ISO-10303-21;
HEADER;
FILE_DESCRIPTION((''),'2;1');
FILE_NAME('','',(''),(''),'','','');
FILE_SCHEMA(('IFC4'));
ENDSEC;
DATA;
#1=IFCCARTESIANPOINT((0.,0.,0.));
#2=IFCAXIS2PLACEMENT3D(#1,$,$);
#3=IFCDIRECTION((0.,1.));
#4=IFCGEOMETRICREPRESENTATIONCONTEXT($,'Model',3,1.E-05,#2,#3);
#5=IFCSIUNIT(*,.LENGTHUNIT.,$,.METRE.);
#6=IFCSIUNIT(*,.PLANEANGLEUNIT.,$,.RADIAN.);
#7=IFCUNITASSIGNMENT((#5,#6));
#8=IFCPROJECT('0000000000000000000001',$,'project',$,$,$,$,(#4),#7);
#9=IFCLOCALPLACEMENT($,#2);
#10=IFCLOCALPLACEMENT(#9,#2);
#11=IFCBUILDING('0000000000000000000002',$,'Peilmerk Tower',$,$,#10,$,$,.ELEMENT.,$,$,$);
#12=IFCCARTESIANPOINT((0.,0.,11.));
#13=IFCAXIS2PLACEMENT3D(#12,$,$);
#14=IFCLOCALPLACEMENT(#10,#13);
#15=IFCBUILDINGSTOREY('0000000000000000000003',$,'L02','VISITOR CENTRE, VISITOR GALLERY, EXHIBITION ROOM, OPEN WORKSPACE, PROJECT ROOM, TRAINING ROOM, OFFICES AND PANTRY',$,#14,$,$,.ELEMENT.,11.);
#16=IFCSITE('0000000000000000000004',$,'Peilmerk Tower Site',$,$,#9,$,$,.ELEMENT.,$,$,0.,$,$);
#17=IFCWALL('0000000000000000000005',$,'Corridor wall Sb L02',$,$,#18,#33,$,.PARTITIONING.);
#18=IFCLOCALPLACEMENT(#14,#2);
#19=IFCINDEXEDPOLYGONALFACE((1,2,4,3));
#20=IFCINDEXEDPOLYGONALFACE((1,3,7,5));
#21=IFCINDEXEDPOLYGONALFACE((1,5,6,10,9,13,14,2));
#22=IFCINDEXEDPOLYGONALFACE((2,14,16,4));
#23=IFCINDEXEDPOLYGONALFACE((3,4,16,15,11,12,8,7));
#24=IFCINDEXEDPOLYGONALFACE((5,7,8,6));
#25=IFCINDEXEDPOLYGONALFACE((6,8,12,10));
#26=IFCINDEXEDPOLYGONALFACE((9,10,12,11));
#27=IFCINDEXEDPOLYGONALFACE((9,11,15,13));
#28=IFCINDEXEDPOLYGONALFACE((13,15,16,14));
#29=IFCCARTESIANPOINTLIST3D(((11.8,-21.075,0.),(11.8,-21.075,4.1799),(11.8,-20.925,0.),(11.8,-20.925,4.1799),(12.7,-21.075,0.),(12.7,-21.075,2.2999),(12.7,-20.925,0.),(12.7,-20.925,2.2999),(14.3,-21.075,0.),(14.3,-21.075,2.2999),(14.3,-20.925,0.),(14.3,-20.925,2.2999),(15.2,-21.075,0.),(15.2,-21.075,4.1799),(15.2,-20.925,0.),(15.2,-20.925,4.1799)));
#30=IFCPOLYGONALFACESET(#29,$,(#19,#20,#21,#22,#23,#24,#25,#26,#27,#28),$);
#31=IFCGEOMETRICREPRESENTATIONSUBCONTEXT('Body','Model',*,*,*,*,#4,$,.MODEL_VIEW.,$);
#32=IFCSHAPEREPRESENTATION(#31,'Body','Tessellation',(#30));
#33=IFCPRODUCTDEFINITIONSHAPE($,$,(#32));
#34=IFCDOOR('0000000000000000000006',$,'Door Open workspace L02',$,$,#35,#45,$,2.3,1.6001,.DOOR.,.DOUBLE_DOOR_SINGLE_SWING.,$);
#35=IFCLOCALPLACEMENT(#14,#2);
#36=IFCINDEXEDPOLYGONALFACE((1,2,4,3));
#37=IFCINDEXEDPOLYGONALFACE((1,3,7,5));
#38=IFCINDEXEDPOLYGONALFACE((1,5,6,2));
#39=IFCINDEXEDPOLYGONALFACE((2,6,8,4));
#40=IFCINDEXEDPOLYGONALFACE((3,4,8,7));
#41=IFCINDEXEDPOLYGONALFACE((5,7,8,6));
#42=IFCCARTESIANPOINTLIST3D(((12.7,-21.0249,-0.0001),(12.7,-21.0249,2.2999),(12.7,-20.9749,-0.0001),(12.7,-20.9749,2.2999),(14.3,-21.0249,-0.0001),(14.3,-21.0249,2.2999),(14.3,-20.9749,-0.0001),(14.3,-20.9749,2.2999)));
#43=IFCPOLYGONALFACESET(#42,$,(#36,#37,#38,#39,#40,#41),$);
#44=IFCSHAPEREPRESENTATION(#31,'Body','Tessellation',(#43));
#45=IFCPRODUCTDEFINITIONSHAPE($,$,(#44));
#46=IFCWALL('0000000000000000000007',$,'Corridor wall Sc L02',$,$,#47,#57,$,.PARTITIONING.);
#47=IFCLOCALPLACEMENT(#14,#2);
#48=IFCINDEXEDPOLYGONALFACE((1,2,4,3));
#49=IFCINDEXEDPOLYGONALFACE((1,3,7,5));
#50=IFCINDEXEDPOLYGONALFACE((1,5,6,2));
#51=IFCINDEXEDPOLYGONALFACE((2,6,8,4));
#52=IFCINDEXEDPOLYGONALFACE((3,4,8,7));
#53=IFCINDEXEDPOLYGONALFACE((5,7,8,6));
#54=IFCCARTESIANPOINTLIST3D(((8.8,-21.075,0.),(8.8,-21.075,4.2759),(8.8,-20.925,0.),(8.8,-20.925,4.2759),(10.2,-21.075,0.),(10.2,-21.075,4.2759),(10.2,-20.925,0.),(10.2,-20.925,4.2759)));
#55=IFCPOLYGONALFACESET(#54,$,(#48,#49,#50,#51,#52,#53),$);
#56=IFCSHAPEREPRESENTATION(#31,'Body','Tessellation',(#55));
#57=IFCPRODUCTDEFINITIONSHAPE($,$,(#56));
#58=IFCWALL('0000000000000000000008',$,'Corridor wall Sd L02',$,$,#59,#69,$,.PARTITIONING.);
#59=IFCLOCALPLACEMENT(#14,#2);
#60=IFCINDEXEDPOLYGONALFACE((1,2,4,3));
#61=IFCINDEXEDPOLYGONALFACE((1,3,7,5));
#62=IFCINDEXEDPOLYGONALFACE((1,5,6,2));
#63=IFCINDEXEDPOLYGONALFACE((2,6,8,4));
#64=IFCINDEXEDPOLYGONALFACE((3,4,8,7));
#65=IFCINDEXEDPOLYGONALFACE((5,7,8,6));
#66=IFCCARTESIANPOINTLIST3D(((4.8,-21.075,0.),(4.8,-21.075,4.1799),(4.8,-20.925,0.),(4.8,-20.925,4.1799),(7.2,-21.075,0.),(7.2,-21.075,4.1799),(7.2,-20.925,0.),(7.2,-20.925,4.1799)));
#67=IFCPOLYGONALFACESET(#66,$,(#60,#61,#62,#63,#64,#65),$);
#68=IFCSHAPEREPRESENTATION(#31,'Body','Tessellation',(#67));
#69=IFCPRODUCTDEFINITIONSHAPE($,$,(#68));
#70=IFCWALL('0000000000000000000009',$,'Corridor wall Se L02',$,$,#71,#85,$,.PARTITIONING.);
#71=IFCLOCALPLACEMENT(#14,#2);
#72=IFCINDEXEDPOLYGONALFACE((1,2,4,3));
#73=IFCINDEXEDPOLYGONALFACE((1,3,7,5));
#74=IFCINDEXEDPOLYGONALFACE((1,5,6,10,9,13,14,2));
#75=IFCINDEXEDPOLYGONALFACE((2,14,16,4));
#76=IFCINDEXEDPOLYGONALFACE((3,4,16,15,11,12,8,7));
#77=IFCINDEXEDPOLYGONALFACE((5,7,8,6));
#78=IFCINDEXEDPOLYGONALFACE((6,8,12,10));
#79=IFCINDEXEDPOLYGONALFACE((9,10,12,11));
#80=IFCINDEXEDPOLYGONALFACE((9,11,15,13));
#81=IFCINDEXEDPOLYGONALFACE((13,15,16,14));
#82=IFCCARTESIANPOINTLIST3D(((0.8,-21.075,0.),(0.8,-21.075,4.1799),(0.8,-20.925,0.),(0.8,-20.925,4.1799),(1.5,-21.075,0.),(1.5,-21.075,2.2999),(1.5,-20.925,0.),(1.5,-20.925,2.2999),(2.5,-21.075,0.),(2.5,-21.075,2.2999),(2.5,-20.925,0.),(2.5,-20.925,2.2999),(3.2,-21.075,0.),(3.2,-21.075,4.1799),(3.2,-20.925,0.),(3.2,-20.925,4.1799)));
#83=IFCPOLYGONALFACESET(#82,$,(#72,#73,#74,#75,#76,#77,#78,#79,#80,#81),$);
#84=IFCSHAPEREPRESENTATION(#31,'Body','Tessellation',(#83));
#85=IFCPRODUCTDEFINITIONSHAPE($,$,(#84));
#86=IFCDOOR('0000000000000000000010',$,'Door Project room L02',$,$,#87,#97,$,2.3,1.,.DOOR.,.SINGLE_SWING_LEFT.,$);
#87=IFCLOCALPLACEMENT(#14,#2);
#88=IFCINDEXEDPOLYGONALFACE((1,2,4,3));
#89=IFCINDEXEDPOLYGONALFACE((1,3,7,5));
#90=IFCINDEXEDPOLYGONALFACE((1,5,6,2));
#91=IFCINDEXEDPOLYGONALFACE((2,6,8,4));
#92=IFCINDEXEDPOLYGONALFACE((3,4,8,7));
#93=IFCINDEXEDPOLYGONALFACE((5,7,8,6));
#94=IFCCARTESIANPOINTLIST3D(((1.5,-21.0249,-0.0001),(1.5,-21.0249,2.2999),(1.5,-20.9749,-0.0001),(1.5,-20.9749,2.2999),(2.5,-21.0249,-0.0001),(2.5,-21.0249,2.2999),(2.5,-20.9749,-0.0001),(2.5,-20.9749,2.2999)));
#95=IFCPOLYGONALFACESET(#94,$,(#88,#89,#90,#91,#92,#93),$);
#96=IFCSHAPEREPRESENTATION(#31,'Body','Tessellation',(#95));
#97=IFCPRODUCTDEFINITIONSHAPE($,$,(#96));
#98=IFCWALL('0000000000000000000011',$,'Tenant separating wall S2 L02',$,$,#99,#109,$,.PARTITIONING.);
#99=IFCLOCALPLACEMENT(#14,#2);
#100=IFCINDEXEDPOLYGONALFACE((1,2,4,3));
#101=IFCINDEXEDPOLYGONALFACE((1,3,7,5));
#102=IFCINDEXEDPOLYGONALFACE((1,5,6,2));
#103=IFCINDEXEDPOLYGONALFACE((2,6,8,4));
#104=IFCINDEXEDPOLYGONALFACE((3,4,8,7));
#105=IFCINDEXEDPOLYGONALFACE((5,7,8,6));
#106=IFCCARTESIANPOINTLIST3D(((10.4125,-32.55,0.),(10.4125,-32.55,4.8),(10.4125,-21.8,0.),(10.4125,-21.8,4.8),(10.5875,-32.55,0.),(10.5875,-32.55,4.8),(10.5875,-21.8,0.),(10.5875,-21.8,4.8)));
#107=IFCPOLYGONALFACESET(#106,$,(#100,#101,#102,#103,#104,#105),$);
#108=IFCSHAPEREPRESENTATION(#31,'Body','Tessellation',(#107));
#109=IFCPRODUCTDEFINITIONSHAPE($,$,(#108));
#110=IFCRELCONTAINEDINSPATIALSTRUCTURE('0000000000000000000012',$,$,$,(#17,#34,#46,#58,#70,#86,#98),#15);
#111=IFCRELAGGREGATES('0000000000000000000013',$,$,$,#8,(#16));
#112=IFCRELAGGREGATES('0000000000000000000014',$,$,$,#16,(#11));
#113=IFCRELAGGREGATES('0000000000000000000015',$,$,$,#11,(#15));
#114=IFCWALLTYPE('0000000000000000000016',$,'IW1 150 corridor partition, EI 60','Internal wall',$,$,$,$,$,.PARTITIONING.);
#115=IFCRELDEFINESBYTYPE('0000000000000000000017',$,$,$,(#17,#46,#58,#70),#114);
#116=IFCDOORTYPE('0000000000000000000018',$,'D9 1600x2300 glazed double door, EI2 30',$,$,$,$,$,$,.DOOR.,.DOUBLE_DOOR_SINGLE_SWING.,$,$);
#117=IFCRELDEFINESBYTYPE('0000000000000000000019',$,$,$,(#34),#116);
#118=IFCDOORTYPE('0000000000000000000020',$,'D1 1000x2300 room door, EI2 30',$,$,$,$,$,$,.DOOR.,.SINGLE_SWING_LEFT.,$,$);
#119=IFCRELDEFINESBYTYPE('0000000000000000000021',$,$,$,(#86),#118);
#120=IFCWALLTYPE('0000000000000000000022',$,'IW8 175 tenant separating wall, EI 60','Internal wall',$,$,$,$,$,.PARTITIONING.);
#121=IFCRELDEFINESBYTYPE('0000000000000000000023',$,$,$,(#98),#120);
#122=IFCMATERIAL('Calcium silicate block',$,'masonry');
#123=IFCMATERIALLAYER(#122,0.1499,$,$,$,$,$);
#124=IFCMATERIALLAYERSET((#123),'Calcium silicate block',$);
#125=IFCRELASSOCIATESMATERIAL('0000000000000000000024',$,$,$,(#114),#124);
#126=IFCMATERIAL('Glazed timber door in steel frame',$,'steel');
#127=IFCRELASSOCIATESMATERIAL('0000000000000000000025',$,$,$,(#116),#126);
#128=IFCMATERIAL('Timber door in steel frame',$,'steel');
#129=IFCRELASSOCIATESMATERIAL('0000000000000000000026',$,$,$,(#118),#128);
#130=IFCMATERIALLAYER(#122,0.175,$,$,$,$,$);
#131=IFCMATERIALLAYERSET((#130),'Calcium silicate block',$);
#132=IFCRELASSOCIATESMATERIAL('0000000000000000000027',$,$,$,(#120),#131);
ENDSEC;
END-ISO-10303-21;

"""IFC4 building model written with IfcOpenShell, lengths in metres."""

from ifc_helpers import new_model, si_unit, direction, frame, frame_2d, origin, place, context, subcontext, project, spatial, rectangle, extrude, material, layer, layer_set, type_object, element, fill, save


model = new_model("IFC4")

# Units and contexts
model_context = context("Model", 3, precision=1e-05, world=origin(), true_north=direction((0.0, 1.0)))
body_context = subcontext(model_context, "Body", "Model", "MODEL_VIEW")
ifc_project = project(units=[si_unit("LENGTHUNIT", "METRE"), si_unit("PLANEANGLEUNIT", "RADIAN")], contexts=[model_context])

# Site, building, storey
site_placement = place(None, origin())
site = spatial("IfcSite", under=ifc_project, at=site_placement, Name="Peilmerk Tower Site", CompositionType="ELEMENT", RefElevation=0.0)
building_placement = place(site_placement, origin())
building = spatial("IfcBuilding", under=site, at=building_placement, Name="Peilmerk Tower", CompositionType="ELEMENT")
storey_placement = place(building_placement, frame((0.0, 0.0, 11.0)))
storey = spatial("IfcBuildingStorey", under=building, at=storey_placement, Name="L02", Description="VISITOR CENTRE, VISITOR GALLERY, EXHIBITION ROOM, OPEN WORKSPACE, PROJECT ROOM, TRAINING ROOM, OFFICES AND PANTRY", CompositionType="ELEMENT", Elevation=11.0)

# Wall, opening, door
ifc_material_1 = material(Name="Calcium silicate block", Category="masonry")
ifc_layer_1 = layer(ifc_material_1, 0.1499)
ifc_layer_set_1 = layer_set([ifc_layer_1], Name="Calcium silicate block")
wall_type_1 = type_object("IfcWallType", Name="IW1 150 corridor partition, EI 60", Description="Internal wall", PredefinedType="PARTITIONING", material=ifc_layer_set_1)
wall_1_placement = place(storey_placement, frame((15.2, -21.0, 0.0), z_axis=(0.0, 0.0, 1.0), x_axis=(-1.0, 0.0, 0.0)))
wall_1 = element("IfcWall", 1, at=wall_1_placement, inside=storey, type_object=wall_type_1, Name="Corridor wall Sb L02", PredefinedType="PARTITIONING", context=body_context, shape_type="SweptSolid", body=[
    extrude(rectangle(XDim=3.3999, YDim=0.1499, at=frame_2d((1.7, 0.0))), origin(), (0.0, 0.0, 1.0), 4.1799),
])
opening_1_placement = place(wall_1_placement, frame((0.8999, 0.0, 0.0)))
opening_1 = element("IfcOpeningElement", 2, at=opening_1_placement, cuts=wall_1, PredefinedType="OPENING", context=body_context, shape_type="SweptSolid", body=[
    extrude(rectangle(XDim=1.6001, YDim=2.3, at=frame_2d((0.8, 1.1499))), frame((0.0, 0.085, 0.0), z_axis=(0.0, -1.0, 0.0), x_axis=(1.0, 0.0, 0.0)), (0.0, 0.0, 1.0), 0.1699),
])
ifc_material_2 = material(Name="Glazed timber door in steel frame", Category="steel")
door_type_1 = type_object("IfcDoorType", Name="D9 1600x2300 glazed double door, EI2 30", OperationType="DOUBLE_DOOR_SINGLE_SWING", PredefinedType="DOOR", material=ifc_material_2)
door_1_placement = place(opening_1_placement, origin())
door_1 = element("IfcDoor", 3, at=door_1_placement, inside=storey, type_object=door_type_1, Name="Door Open workspace L02", OperationType="DOUBLE_DOOR_SINGLE_SWING", OverallHeight=2.3, OverallWidth=1.6001, PredefinedType="DOOR", context=body_context, shape_type="SweptSolid", body=[
    extrude(rectangle(XDim=1.6001, YDim=2.3, at=frame_2d((0.8, 1.1499))), frame((0.0, 0.0249, 0.0), z_axis=(0.0, -1.0, 0.0), x_axis=(1.0, 0.0, 0.0)), (0.0, 0.0, 1.0), 0.05),
])
fill(opening_1, door_1)

# Walls
wall_2_placement = place(storey_placement, frame((10.2, -21.0, 0.0), z_axis=(0.0, 0.0, 1.0), x_axis=(-1.0, 0.0, 0.0)))
element("IfcWall", 4, at=wall_2_placement, inside=storey, type_object=wall_type_1, Name="Corridor wall Sc L02", PredefinedType="PARTITIONING", context=body_context, shape_type="SweptSolid", body=[
    extrude(rectangle(XDim=1.3999, YDim=0.1499, at=frame_2d((0.7, 0.0))), origin(), (0.0, 0.0, 1.0), 4.2759),
])
wall_3_placement = place(storey_placement, frame((7.2, -21.0, 0.0), z_axis=(0.0, 0.0, 1.0), x_axis=(-1.0, 0.0, 0.0)))
element("IfcWall", 5, at=wall_3_placement, inside=storey, type_object=wall_type_1, Name="Corridor wall Sd L02", PredefinedType="PARTITIONING", context=body_context, shape_type="SweptSolid", body=[
    extrude(rectangle(XDim=2.3999, YDim=0.1499, at=frame_2d((1.2, 0.0))), origin(), (0.0, 0.0, 1.0), 4.1799),
])

# Wall, opening, door
wall_4_placement = place(storey_placement, frame((3.2, -21.0, 0.0), z_axis=(0.0, 0.0, 1.0), x_axis=(-1.0, 0.0, 0.0)))
wall_4 = element("IfcWall", 6, at=wall_4_placement, inside=storey, type_object=wall_type_1, Name="Corridor wall Se L02", PredefinedType="PARTITIONING", context=body_context, shape_type="SweptSolid", body=[
    extrude(rectangle(XDim=2.3999, YDim=0.1499, at=frame_2d((1.2, 0.0))), origin(), (0.0, 0.0, 1.0), 4.1799),
])
opening_2_placement = place(wall_4_placement, frame((0.7, 0.0, 0.0)))
opening_2 = element("IfcOpeningElement", 7, at=opening_2_placement, cuts=wall_4, PredefinedType="OPENING", context=body_context, shape_type="SweptSolid", body=[
    extrude(rectangle(XDim=1.0, YDim=2.3, at=frame_2d((0.5, 1.1499))), frame((0.0, 0.085, 0.0), z_axis=(0.0, -1.0, 0.0), x_axis=(1.0, 0.0, 0.0)), (0.0, 0.0, 1.0), 0.1699),
])
ifc_material_3 = material(Name="Timber door in steel frame", Category="steel")
door_type_2 = type_object("IfcDoorType", Name="D1 1000x2300 room door, EI2 30", OperationType="SINGLE_SWING_LEFT", PredefinedType="DOOR", material=ifc_material_3)
door_2_placement = place(opening_2_placement, origin())
door_2 = element("IfcDoor", 8, at=door_2_placement, inside=storey, type_object=door_type_2, Name="Door Project room L02", OperationType="SINGLE_SWING_LEFT", OverallHeight=2.3, OverallWidth=1.0, PredefinedType="DOOR", context=body_context, shape_type="SweptSolid", body=[
    extrude(rectangle(XDim=1.0, YDim=2.3, at=frame_2d((0.5, 1.1499))), frame((0.0, 0.0249, 0.0), z_axis=(0.0, -1.0, 0.0), x_axis=(1.0, 0.0, 0.0)), (0.0, 0.0, 1.0), 0.05),
])
fill(opening_2, door_2)

# Wall
ifc_layer_2 = layer(ifc_material_1, 0.175)
ifc_layer_set_2 = layer_set([ifc_layer_2], Name="Calcium silicate block")
wall_type_2 = type_object("IfcWallType", Name="IW8 175 tenant separating wall, EI 60", Description="Internal wall", PredefinedType="PARTITIONING", material=ifc_layer_set_2)
wall_5_placement = place(storey_placement, frame((10.5, -21.8, 0.0), z_axis=(0.0, 0.0, 1.0), x_axis=(0.0, -1.0, 0.0)))
element("IfcWall", 9, at=wall_5_placement, inside=storey, type_object=wall_type_2, Name="Tenant separating wall S2 L02", PredefinedType="PARTITIONING", context=body_context, shape_type="SweptSolid", body=[
    extrude(rectangle(XDim=10.75, YDim=0.175, at=frame_2d((5.375, 0.0))), origin(), (0.0, 0.0, 1.0), 4.8),
])

save(model, "model.ifc")
